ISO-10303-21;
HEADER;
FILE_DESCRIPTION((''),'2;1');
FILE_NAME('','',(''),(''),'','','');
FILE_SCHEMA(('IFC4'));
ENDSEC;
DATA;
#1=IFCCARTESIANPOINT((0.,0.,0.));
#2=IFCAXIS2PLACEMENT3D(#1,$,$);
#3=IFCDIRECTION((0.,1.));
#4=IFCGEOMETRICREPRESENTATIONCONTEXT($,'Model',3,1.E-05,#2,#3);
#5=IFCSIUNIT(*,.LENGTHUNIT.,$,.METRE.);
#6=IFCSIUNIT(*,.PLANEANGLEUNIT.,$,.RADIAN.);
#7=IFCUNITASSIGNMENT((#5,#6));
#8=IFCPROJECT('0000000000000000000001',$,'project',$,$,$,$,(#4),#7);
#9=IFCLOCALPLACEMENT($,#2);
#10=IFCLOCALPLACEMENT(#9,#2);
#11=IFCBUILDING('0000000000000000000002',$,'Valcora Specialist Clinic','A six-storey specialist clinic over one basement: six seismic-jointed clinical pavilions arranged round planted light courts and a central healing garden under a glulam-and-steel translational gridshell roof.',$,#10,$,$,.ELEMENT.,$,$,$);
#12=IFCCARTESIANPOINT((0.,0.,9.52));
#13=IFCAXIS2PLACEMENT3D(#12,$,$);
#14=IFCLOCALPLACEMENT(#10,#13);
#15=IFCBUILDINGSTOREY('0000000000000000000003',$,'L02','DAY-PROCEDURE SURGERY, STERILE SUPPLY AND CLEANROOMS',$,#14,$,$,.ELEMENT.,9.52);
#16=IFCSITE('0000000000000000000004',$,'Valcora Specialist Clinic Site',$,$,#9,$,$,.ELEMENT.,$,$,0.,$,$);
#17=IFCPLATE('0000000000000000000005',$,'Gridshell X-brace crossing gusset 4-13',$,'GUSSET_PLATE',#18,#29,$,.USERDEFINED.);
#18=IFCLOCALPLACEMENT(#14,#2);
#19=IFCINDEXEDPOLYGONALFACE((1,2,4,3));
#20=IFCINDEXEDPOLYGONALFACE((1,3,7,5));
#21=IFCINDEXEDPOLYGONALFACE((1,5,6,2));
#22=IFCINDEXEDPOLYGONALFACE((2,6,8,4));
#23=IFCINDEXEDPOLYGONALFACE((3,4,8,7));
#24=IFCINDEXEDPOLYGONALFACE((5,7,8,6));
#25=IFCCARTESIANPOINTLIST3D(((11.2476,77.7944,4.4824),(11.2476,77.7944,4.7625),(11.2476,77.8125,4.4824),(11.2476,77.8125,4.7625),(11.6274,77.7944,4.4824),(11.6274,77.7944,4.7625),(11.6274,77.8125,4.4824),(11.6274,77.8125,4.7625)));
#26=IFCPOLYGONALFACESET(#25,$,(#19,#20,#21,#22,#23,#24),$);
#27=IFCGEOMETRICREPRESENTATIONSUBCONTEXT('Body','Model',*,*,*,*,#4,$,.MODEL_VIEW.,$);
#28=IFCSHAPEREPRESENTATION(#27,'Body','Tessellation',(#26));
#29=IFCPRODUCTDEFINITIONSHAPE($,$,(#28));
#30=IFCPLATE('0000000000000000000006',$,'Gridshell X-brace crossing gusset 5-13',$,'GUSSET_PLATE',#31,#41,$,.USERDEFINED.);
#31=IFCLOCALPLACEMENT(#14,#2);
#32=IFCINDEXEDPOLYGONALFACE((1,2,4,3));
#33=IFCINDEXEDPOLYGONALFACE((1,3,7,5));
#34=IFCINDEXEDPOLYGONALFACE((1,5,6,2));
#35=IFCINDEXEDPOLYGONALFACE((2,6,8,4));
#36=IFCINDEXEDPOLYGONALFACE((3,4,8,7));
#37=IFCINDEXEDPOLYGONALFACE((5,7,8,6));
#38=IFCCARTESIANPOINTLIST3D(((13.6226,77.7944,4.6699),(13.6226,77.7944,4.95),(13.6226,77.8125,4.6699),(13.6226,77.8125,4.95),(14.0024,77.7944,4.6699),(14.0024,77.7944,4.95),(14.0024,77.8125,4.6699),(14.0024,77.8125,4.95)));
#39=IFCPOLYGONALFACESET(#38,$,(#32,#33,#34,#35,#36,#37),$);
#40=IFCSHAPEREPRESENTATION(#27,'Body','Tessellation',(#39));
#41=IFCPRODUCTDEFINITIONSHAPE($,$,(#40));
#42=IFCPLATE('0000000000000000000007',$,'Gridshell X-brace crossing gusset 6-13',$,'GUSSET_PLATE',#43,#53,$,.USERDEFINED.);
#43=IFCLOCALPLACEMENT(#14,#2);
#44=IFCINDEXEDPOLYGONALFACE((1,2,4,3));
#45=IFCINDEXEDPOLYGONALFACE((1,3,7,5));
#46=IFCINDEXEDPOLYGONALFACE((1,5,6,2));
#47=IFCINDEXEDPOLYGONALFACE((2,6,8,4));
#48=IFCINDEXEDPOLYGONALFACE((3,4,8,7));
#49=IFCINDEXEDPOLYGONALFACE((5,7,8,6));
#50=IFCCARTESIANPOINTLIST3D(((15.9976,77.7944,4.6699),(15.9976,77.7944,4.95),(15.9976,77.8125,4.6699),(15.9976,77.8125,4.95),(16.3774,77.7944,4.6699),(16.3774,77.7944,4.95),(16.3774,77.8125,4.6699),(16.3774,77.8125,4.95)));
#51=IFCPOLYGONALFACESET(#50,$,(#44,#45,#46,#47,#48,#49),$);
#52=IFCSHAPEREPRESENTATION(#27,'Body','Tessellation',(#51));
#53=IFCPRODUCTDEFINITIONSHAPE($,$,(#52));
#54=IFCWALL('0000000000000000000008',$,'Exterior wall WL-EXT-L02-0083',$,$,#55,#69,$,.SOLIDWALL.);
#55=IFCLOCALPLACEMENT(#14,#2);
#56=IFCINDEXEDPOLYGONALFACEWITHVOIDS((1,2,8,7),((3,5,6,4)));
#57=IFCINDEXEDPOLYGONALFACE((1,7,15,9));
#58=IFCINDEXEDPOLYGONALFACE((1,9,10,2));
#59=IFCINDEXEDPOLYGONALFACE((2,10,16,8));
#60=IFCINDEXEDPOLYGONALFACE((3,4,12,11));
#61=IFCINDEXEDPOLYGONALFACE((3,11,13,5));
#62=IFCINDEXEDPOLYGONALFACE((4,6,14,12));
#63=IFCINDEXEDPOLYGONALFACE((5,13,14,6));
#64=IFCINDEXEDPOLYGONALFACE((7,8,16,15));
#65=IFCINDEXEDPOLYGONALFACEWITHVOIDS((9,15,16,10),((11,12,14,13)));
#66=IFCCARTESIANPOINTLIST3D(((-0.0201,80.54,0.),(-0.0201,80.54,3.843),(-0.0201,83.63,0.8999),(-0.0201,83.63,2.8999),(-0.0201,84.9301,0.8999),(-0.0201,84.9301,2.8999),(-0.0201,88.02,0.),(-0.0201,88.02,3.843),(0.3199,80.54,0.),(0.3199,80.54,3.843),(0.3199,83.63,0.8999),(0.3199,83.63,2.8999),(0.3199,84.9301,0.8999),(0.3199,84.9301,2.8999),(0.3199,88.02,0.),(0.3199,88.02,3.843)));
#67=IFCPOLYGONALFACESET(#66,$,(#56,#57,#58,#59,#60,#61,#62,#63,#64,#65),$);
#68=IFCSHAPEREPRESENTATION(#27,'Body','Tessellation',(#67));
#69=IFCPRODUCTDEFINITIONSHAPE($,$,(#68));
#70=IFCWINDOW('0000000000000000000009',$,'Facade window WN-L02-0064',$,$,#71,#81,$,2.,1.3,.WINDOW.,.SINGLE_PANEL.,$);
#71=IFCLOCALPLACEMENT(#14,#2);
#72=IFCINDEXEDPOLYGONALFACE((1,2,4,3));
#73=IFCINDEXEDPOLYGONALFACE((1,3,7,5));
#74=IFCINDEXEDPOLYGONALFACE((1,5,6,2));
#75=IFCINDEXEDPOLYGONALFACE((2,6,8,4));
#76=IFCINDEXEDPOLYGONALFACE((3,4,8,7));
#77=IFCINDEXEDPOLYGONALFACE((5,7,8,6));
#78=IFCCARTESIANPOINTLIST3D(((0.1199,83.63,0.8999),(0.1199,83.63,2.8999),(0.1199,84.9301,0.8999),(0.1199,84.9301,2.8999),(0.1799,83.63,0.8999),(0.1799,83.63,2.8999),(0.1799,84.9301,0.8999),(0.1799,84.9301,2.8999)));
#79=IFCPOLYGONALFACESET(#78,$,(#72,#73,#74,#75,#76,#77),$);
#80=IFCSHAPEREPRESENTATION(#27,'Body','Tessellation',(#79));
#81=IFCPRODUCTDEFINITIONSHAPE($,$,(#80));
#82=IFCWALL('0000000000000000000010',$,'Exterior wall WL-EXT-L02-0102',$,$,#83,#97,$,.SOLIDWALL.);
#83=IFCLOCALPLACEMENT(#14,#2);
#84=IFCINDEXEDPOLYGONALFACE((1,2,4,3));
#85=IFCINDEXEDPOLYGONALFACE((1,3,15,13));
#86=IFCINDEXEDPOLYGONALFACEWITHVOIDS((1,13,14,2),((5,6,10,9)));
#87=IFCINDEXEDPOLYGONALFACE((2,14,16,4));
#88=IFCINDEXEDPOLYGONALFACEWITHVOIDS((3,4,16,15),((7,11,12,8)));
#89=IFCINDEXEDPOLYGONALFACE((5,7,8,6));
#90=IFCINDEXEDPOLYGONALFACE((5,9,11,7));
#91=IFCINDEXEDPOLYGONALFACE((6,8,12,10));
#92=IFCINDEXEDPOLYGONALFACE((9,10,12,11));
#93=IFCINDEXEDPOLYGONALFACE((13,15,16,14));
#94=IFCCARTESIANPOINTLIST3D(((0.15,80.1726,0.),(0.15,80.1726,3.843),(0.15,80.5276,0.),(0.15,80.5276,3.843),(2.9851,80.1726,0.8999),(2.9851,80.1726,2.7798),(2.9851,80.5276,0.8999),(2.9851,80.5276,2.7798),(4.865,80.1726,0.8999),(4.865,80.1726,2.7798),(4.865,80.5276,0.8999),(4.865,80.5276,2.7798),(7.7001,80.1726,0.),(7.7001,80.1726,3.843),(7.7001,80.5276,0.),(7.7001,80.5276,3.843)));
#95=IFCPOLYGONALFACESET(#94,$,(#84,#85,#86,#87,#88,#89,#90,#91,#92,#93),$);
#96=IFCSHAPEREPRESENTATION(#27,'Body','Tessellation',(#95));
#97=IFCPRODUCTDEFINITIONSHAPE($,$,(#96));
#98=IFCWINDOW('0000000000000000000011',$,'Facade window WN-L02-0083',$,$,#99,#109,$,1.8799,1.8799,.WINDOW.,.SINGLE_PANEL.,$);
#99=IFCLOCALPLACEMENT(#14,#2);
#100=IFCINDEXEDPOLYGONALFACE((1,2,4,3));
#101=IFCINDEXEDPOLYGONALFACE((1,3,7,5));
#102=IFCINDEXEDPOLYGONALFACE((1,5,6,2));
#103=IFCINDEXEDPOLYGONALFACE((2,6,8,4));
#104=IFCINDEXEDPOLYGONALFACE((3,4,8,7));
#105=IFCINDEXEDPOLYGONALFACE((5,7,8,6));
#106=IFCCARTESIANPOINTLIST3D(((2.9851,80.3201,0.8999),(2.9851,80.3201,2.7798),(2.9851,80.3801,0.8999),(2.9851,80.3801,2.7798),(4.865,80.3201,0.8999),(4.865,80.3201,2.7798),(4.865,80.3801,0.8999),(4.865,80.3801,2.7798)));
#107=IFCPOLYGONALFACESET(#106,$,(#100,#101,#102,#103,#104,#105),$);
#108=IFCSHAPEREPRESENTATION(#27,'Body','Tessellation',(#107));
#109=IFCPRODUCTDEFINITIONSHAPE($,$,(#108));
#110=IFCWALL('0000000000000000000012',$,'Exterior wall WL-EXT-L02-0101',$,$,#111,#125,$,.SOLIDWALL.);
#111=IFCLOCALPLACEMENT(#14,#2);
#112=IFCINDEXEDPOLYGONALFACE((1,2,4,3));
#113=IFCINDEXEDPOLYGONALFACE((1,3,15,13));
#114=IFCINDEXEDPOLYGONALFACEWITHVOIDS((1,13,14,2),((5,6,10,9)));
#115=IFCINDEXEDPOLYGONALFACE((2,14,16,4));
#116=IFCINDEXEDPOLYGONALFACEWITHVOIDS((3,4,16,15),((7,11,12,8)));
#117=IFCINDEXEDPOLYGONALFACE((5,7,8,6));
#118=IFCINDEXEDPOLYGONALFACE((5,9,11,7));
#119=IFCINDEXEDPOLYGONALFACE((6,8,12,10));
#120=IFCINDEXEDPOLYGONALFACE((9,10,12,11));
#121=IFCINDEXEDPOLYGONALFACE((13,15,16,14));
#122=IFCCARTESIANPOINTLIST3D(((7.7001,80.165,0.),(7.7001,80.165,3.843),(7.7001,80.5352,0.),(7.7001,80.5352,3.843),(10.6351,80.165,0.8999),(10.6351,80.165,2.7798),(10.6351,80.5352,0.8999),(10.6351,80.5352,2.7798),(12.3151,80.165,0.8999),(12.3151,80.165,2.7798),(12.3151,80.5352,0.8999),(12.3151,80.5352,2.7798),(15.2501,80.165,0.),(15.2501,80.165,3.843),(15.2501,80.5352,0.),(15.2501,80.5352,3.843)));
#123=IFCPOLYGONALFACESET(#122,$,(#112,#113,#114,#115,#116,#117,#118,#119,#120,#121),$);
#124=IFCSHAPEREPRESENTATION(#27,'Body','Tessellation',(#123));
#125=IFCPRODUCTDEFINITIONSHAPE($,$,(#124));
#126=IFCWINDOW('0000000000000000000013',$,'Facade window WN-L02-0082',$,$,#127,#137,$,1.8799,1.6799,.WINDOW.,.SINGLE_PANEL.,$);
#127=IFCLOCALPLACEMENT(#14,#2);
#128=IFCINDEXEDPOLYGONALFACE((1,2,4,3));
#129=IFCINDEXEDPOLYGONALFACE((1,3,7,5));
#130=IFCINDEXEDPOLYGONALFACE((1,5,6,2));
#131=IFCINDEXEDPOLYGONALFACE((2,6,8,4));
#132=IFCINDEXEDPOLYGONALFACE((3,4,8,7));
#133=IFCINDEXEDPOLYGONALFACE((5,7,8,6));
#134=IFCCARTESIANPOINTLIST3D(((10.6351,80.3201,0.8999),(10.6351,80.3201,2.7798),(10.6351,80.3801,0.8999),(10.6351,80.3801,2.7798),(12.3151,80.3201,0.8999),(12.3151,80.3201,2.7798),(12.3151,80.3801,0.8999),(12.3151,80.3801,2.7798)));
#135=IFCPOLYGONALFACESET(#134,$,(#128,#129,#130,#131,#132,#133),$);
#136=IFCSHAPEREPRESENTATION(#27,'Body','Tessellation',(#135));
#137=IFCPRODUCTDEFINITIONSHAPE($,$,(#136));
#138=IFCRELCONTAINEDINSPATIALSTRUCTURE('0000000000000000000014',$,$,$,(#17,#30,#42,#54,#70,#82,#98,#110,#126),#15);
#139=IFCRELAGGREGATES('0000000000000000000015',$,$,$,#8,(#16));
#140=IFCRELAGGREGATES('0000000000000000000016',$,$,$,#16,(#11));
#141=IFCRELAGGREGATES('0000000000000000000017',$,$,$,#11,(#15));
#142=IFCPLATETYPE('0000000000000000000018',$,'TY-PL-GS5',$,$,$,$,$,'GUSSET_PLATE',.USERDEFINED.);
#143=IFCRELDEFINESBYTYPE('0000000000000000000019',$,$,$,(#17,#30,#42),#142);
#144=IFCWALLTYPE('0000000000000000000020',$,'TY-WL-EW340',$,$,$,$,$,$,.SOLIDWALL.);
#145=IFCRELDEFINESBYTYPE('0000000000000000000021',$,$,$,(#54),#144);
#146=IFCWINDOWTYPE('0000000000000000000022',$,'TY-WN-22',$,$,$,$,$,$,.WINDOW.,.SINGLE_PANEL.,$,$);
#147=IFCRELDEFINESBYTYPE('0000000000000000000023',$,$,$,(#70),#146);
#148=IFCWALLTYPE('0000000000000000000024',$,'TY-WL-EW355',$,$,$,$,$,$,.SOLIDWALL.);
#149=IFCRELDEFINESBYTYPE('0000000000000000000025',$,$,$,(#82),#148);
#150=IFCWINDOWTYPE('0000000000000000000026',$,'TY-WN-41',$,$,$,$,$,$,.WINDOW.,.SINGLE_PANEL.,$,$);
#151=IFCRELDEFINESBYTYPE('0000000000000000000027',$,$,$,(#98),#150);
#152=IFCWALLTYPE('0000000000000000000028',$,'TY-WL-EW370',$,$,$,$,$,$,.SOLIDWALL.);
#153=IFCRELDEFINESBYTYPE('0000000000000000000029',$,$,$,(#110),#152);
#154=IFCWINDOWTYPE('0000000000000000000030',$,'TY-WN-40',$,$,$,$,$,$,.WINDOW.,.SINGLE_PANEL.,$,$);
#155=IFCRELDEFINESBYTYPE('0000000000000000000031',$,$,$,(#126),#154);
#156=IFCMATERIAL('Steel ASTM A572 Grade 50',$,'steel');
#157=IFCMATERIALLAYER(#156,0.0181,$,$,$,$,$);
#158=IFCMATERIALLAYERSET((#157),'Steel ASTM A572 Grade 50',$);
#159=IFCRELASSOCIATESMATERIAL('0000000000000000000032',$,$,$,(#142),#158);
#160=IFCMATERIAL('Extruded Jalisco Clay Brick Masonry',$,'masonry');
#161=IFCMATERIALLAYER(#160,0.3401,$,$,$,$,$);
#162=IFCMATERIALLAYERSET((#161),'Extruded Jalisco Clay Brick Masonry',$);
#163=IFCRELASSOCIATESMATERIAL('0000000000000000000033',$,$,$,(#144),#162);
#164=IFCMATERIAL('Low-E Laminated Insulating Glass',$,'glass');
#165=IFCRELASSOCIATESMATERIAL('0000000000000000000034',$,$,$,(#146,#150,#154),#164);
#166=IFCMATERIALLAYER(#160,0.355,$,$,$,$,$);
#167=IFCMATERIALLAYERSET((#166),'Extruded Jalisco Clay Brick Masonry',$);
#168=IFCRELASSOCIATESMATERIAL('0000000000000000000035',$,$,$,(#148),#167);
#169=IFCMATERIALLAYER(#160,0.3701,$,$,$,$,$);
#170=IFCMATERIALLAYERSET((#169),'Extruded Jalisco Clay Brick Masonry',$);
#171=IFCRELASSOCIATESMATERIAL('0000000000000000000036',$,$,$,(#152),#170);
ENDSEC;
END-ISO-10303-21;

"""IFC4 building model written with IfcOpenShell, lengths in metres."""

from ifc_helpers import new_model, si_unit, direction, frame, frame_2d, origin, origin_2d, place, context, subcontext, project, spatial, rectangle, extrude, material, layer, layer_set, type_object, element, fill, save


model = new_model("IFC4")

# Units and contexts
model_context = context("Model", 3, precision=1e-05, world=origin(), true_north=direction((0.0, 1.0)))
body_context = subcontext(model_context, "Body", "Model", "MODEL_VIEW")
ifc_project = project(units=[si_unit("LENGTHUNIT", "METRE"), si_unit("PLANEANGLEUNIT", "RADIAN")], contexts=[model_context])

# Site, building, storey
site_placement = place(None, origin())
site = spatial("IfcSite", under=ifc_project, at=site_placement, Name="Valcora Specialist Clinic Site", CompositionType="ELEMENT", RefElevation=0.0)
building_placement = place(site_placement, origin())
building = spatial("IfcBuilding", under=site, at=building_placement, Name="Valcora Specialist Clinic", Description="A six-storey specialist clinic over one basement: six seismic-jointed clinical pavilions arranged round planted light courts and a central healing garden under a glulam-and-steel translational gridshell roof.", CompositionType="ELEMENT")
storey_placement = place(building_placement, frame((0.0, 0.0, 9.52)))
storey = spatial("IfcBuildingStorey", under=building, at=storey_placement, Name="L02", Description="DAY-PROCEDURE SURGERY, STERILE SUPPLY AND CLEANROOMS", CompositionType="ELEMENT", Elevation=9.52)

# Plates
ifc_material_1 = material(Name="Steel ASTM A572 Grade 50", Category="steel")
ifc_layer_1 = layer(ifc_material_1, 0.0181)
ifc_layer_set_1 = layer_set([ifc_layer_1], Name="Steel ASTM A572 Grade 50")
plate_type_1 = type_object("IfcPlateType", Name="TY-PL-GS5", ElementType="GUSSET_PLATE", PredefinedType="USERDEFINED", material=ifc_layer_set_1)
for number, where, z_axis, x_axis, name in (
    (1, (11.4375, 77.8035, 4.4824), (0.0, 0.0, 1.0), (1.0, 0.0, 0.0), "Gridshell X-brace crossing gusset 4-13"),
    (2, (13.8125, 77.8035, 4.6699), (0.0, 0.0, 1.0), (1.0, 0.0, 0.0), "Gridshell X-brace crossing gusset 5-13"),
    (3, (16.1875, 77.8035, 4.6699), (0.0, 0.0, 1.0), (1.0, 0.0, 0.0), "Gridshell X-brace crossing gusset 6-13"),
):
    element("IfcPlate", number, at=place(storey_placement, frame(where, z_axis=z_axis, x_axis=x_axis)), inside=storey, type_object=plate_type_1, Name=name, ObjectType="GUSSET_PLATE", PredefinedType="USERDEFINED", context=body_context, shape_type="SweptSolid", body=[
        extrude(rectangle(XDim=0.3799, YDim=0.0181, at=origin_2d()), origin(), (0.0, 0.0, 1.0), 0.28),
    ])

# Walls, openings, windows
ifc_material_2 = material(Name="Extruded Jalisco Clay Brick Masonry", Category="masonry")
ifc_layer_2 = layer(ifc_material_2, 0.3401)
ifc_layer_set_2 = layer_set([ifc_layer_2], Name="Extruded Jalisco Clay Brick Masonry")
wall_type_1 = type_object("IfcWallType", Name="TY-WL-EW340", PredefinedType="SOLIDWALL", material=ifc_layer_set_2)
wall_1_placement = place(storey_placement, frame((0.1499, 80.54, 0.0), z_axis=(0.0, 0.0, 1.0), x_axis=(0.0, 1.0, 0.0)))
wall_1 = element("IfcWall", 4, at=wall_1_placement, inside=storey, type_object=wall_type_1, Name="Exterior wall WL-EXT-L02-0083", PredefinedType="SOLIDWALL", context=body_context, shape_type="SweptSolid", body=[
    extrude(rectangle(XDim=7.48, YDim=0.3401, at=frame_2d((3.74, 0.0))), origin(), (0.0, 0.0, 1.0), 3.843),
])
opening_1_placement = place(wall_1_placement, frame((3.0901, 0.0, 0.8999)))
opening_1 = element("IfcOpeningElement", 5, at=opening_1_placement, cuts=wall_1, PredefinedType="OPENING", context=body_context, shape_type="SweptSolid", body=[
    extrude(rectangle(XDim=1.3, YDim=2.0, at=frame_2d((0.6499, 1.0))), frame((0.0, 0.1799, 0.0), z_axis=(0.0, -1.0, 0.0), x_axis=(1.0, 0.0, 0.0)), (0.0, 0.0, 1.0), 0.3601),
])
ifc_material_3 = material(Name="Low-E Laminated Insulating Glass", Category="glass")
window_type_1 = type_object("IfcWindowType", Name="TY-WN-22", PartitioningType="SINGLE_PANEL", PredefinedType="WINDOW", material=ifc_material_3)
window_1_placement = place(opening_1_placement, origin())
window_1 = element("IfcWindow", 6, at=window_1_placement, inside=storey, type_object=window_type_1, Name="Facade window WN-L02-0064", OverallHeight=2.0, OverallWidth=1.3, PartitioningType="SINGLE_PANEL", PredefinedType="WINDOW", context=body_context, shape_type="SweptSolid", body=[
    extrude(rectangle(XDim=1.3, YDim=2.0, at=frame_2d((0.6499, 1.0))), frame((0.0, 0.03, 0.0), z_axis=(0.0, -1.0, 0.0), x_axis=(1.0, 0.0, 0.0)), (0.0, 0.0, 1.0), 0.0601),
])
fill(opening_1, window_1)
ifc_layer_3 = layer(ifc_material_2, 0.355)
ifc_layer_set_3 = layer_set([ifc_layer_3], Name="Extruded Jalisco Clay Brick Masonry")
wall_type_2 = type_object("IfcWallType", Name="TY-WL-EW355", PredefinedType="SOLIDWALL", material=ifc_layer_set_3)
wall_2_placement = place(storey_placement, frame((7.7, 80.3501, 0.0), z_axis=(0.0, 0.0, 1.0), x_axis=(-1.0, 0.0, 0.0)))
wall_2 = element("IfcWall", 7, at=wall_2_placement, inside=storey, type_object=wall_type_2, Name="Exterior wall WL-EXT-L02-0102", PredefinedType="SOLIDWALL", context=body_context, shape_type="SweptSolid", body=[
    extrude(rectangle(XDim=7.55, YDim=0.355, at=frame_2d((3.7749, 0.0))), origin(), (0.0, 0.0, 1.0), 3.843),
])
opening_2_placement = place(wall_2_placement, frame((2.835, 0.0, 0.8999)))
opening_2 = element("IfcOpeningElement", 8, at=opening_2_placement, cuts=wall_2, PredefinedType="OPENING", context=body_context, shape_type="SweptSolid", body=[
    extrude(rectangle(XDim=1.8799, YDim=1.8799, at=frame_2d((0.9399, 0.9399))), frame((0.0, 0.1875, 0.0), z_axis=(0.0, -1.0, 0.0), x_axis=(1.0, 0.0, 0.0)), (0.0, 0.0, 1.0), 0.375),
])
window_type_2 = type_object("IfcWindowType", Name="TY-WN-41", PartitioningType="SINGLE_PANEL", PredefinedType="WINDOW", material=ifc_material_3)
window_2_placement = place(opening_2_placement, origin())
window_2 = element("IfcWindow", 9, at=window_2_placement, inside=storey, type_object=window_type_2, Name="Facade window WN-L02-0083", OverallHeight=1.8799, OverallWidth=1.8799, PartitioningType="SINGLE_PANEL", PredefinedType="WINDOW", context=body_context, shape_type="SweptSolid", body=[
    extrude(rectangle(XDim=1.8799, YDim=1.8799, at=frame_2d((0.9399, 0.9399))), frame((0.0, 0.03, 0.0), z_axis=(0.0, -1.0, 0.0), x_axis=(1.0, 0.0, 0.0)), (0.0, 0.0, 1.0), 0.0601),
])
fill(opening_2, window_2)
ifc_layer_4 = layer(ifc_material_2, 0.3701)
ifc_layer_set_4 = layer_set([ifc_layer_4], Name="Extruded Jalisco Clay Brick Masonry")
wall_type_3 = type_object("IfcWallType", Name="TY-WL-EW370", PredefinedType="SOLIDWALL", material=ifc_layer_set_4)
wall_3_placement = place(storey_placement, frame((15.25, 80.3501, 0.0), z_axis=(0.0, 0.0, 1.0), x_axis=(-1.0, 0.0, 0.0)))
wall_3 = element("IfcWall", 10, at=wall_3_placement, inside=storey, type_object=wall_type_3, Name="Exterior wall WL-EXT-L02-0101", PredefinedType="SOLIDWALL", context=body_context, shape_type="SweptSolid", body=[
    extrude(rectangle(XDim=7.55, YDim=0.3701, at=frame_2d((3.7749, 0.0))), origin(), (0.0, 0.0, 1.0), 3.843),
])
opening_3_placement = place(wall_3_placement, frame((2.9351, 0.0, 0.8999)))
opening_3 = element("IfcOpeningElement", 11, at=opening_3_placement, cuts=wall_3, PredefinedType="OPENING", context=body_context, shape_type="SweptSolid", body=[
    extrude(rectangle(XDim=1.6799, YDim=1.8799, at=frame_2d((0.8398, 0.9399))), frame((0.0, 0.1951, 0.0), z_axis=(0.0, -1.0, 0.0), x_axis=(1.0, 0.0, 0.0)), (0.0, 0.0, 1.0), 0.3901),
])
window_type_3 = type_object("IfcWindowType", Name="TY-WN-40", PartitioningType="SINGLE_PANEL", PredefinedType="WINDOW", material=ifc_material_3)
window_3_placement = place(opening_3_placement, origin())
window_3 = element("IfcWindow", 12, at=window_3_placement, inside=storey, type_object=window_type_3, Name="Facade window WN-L02-0082", OverallHeight=1.8799, OverallWidth=1.6799, PartitioningType="SINGLE_PANEL", PredefinedType="WINDOW", context=body_context, shape_type="SweptSolid", body=[
    extrude(rectangle(XDim=1.6799, YDim=1.8799, at=frame_2d((0.8398, 0.9399))), frame((0.0, 0.03, 0.0), z_axis=(0.0, -1.0, 0.0), x_axis=(1.0, 0.0, 0.0)), (0.0, 0.0, 1.0), 0.0601),
])
fill(opening_3, window_3)

save(model, "model.ifc")
